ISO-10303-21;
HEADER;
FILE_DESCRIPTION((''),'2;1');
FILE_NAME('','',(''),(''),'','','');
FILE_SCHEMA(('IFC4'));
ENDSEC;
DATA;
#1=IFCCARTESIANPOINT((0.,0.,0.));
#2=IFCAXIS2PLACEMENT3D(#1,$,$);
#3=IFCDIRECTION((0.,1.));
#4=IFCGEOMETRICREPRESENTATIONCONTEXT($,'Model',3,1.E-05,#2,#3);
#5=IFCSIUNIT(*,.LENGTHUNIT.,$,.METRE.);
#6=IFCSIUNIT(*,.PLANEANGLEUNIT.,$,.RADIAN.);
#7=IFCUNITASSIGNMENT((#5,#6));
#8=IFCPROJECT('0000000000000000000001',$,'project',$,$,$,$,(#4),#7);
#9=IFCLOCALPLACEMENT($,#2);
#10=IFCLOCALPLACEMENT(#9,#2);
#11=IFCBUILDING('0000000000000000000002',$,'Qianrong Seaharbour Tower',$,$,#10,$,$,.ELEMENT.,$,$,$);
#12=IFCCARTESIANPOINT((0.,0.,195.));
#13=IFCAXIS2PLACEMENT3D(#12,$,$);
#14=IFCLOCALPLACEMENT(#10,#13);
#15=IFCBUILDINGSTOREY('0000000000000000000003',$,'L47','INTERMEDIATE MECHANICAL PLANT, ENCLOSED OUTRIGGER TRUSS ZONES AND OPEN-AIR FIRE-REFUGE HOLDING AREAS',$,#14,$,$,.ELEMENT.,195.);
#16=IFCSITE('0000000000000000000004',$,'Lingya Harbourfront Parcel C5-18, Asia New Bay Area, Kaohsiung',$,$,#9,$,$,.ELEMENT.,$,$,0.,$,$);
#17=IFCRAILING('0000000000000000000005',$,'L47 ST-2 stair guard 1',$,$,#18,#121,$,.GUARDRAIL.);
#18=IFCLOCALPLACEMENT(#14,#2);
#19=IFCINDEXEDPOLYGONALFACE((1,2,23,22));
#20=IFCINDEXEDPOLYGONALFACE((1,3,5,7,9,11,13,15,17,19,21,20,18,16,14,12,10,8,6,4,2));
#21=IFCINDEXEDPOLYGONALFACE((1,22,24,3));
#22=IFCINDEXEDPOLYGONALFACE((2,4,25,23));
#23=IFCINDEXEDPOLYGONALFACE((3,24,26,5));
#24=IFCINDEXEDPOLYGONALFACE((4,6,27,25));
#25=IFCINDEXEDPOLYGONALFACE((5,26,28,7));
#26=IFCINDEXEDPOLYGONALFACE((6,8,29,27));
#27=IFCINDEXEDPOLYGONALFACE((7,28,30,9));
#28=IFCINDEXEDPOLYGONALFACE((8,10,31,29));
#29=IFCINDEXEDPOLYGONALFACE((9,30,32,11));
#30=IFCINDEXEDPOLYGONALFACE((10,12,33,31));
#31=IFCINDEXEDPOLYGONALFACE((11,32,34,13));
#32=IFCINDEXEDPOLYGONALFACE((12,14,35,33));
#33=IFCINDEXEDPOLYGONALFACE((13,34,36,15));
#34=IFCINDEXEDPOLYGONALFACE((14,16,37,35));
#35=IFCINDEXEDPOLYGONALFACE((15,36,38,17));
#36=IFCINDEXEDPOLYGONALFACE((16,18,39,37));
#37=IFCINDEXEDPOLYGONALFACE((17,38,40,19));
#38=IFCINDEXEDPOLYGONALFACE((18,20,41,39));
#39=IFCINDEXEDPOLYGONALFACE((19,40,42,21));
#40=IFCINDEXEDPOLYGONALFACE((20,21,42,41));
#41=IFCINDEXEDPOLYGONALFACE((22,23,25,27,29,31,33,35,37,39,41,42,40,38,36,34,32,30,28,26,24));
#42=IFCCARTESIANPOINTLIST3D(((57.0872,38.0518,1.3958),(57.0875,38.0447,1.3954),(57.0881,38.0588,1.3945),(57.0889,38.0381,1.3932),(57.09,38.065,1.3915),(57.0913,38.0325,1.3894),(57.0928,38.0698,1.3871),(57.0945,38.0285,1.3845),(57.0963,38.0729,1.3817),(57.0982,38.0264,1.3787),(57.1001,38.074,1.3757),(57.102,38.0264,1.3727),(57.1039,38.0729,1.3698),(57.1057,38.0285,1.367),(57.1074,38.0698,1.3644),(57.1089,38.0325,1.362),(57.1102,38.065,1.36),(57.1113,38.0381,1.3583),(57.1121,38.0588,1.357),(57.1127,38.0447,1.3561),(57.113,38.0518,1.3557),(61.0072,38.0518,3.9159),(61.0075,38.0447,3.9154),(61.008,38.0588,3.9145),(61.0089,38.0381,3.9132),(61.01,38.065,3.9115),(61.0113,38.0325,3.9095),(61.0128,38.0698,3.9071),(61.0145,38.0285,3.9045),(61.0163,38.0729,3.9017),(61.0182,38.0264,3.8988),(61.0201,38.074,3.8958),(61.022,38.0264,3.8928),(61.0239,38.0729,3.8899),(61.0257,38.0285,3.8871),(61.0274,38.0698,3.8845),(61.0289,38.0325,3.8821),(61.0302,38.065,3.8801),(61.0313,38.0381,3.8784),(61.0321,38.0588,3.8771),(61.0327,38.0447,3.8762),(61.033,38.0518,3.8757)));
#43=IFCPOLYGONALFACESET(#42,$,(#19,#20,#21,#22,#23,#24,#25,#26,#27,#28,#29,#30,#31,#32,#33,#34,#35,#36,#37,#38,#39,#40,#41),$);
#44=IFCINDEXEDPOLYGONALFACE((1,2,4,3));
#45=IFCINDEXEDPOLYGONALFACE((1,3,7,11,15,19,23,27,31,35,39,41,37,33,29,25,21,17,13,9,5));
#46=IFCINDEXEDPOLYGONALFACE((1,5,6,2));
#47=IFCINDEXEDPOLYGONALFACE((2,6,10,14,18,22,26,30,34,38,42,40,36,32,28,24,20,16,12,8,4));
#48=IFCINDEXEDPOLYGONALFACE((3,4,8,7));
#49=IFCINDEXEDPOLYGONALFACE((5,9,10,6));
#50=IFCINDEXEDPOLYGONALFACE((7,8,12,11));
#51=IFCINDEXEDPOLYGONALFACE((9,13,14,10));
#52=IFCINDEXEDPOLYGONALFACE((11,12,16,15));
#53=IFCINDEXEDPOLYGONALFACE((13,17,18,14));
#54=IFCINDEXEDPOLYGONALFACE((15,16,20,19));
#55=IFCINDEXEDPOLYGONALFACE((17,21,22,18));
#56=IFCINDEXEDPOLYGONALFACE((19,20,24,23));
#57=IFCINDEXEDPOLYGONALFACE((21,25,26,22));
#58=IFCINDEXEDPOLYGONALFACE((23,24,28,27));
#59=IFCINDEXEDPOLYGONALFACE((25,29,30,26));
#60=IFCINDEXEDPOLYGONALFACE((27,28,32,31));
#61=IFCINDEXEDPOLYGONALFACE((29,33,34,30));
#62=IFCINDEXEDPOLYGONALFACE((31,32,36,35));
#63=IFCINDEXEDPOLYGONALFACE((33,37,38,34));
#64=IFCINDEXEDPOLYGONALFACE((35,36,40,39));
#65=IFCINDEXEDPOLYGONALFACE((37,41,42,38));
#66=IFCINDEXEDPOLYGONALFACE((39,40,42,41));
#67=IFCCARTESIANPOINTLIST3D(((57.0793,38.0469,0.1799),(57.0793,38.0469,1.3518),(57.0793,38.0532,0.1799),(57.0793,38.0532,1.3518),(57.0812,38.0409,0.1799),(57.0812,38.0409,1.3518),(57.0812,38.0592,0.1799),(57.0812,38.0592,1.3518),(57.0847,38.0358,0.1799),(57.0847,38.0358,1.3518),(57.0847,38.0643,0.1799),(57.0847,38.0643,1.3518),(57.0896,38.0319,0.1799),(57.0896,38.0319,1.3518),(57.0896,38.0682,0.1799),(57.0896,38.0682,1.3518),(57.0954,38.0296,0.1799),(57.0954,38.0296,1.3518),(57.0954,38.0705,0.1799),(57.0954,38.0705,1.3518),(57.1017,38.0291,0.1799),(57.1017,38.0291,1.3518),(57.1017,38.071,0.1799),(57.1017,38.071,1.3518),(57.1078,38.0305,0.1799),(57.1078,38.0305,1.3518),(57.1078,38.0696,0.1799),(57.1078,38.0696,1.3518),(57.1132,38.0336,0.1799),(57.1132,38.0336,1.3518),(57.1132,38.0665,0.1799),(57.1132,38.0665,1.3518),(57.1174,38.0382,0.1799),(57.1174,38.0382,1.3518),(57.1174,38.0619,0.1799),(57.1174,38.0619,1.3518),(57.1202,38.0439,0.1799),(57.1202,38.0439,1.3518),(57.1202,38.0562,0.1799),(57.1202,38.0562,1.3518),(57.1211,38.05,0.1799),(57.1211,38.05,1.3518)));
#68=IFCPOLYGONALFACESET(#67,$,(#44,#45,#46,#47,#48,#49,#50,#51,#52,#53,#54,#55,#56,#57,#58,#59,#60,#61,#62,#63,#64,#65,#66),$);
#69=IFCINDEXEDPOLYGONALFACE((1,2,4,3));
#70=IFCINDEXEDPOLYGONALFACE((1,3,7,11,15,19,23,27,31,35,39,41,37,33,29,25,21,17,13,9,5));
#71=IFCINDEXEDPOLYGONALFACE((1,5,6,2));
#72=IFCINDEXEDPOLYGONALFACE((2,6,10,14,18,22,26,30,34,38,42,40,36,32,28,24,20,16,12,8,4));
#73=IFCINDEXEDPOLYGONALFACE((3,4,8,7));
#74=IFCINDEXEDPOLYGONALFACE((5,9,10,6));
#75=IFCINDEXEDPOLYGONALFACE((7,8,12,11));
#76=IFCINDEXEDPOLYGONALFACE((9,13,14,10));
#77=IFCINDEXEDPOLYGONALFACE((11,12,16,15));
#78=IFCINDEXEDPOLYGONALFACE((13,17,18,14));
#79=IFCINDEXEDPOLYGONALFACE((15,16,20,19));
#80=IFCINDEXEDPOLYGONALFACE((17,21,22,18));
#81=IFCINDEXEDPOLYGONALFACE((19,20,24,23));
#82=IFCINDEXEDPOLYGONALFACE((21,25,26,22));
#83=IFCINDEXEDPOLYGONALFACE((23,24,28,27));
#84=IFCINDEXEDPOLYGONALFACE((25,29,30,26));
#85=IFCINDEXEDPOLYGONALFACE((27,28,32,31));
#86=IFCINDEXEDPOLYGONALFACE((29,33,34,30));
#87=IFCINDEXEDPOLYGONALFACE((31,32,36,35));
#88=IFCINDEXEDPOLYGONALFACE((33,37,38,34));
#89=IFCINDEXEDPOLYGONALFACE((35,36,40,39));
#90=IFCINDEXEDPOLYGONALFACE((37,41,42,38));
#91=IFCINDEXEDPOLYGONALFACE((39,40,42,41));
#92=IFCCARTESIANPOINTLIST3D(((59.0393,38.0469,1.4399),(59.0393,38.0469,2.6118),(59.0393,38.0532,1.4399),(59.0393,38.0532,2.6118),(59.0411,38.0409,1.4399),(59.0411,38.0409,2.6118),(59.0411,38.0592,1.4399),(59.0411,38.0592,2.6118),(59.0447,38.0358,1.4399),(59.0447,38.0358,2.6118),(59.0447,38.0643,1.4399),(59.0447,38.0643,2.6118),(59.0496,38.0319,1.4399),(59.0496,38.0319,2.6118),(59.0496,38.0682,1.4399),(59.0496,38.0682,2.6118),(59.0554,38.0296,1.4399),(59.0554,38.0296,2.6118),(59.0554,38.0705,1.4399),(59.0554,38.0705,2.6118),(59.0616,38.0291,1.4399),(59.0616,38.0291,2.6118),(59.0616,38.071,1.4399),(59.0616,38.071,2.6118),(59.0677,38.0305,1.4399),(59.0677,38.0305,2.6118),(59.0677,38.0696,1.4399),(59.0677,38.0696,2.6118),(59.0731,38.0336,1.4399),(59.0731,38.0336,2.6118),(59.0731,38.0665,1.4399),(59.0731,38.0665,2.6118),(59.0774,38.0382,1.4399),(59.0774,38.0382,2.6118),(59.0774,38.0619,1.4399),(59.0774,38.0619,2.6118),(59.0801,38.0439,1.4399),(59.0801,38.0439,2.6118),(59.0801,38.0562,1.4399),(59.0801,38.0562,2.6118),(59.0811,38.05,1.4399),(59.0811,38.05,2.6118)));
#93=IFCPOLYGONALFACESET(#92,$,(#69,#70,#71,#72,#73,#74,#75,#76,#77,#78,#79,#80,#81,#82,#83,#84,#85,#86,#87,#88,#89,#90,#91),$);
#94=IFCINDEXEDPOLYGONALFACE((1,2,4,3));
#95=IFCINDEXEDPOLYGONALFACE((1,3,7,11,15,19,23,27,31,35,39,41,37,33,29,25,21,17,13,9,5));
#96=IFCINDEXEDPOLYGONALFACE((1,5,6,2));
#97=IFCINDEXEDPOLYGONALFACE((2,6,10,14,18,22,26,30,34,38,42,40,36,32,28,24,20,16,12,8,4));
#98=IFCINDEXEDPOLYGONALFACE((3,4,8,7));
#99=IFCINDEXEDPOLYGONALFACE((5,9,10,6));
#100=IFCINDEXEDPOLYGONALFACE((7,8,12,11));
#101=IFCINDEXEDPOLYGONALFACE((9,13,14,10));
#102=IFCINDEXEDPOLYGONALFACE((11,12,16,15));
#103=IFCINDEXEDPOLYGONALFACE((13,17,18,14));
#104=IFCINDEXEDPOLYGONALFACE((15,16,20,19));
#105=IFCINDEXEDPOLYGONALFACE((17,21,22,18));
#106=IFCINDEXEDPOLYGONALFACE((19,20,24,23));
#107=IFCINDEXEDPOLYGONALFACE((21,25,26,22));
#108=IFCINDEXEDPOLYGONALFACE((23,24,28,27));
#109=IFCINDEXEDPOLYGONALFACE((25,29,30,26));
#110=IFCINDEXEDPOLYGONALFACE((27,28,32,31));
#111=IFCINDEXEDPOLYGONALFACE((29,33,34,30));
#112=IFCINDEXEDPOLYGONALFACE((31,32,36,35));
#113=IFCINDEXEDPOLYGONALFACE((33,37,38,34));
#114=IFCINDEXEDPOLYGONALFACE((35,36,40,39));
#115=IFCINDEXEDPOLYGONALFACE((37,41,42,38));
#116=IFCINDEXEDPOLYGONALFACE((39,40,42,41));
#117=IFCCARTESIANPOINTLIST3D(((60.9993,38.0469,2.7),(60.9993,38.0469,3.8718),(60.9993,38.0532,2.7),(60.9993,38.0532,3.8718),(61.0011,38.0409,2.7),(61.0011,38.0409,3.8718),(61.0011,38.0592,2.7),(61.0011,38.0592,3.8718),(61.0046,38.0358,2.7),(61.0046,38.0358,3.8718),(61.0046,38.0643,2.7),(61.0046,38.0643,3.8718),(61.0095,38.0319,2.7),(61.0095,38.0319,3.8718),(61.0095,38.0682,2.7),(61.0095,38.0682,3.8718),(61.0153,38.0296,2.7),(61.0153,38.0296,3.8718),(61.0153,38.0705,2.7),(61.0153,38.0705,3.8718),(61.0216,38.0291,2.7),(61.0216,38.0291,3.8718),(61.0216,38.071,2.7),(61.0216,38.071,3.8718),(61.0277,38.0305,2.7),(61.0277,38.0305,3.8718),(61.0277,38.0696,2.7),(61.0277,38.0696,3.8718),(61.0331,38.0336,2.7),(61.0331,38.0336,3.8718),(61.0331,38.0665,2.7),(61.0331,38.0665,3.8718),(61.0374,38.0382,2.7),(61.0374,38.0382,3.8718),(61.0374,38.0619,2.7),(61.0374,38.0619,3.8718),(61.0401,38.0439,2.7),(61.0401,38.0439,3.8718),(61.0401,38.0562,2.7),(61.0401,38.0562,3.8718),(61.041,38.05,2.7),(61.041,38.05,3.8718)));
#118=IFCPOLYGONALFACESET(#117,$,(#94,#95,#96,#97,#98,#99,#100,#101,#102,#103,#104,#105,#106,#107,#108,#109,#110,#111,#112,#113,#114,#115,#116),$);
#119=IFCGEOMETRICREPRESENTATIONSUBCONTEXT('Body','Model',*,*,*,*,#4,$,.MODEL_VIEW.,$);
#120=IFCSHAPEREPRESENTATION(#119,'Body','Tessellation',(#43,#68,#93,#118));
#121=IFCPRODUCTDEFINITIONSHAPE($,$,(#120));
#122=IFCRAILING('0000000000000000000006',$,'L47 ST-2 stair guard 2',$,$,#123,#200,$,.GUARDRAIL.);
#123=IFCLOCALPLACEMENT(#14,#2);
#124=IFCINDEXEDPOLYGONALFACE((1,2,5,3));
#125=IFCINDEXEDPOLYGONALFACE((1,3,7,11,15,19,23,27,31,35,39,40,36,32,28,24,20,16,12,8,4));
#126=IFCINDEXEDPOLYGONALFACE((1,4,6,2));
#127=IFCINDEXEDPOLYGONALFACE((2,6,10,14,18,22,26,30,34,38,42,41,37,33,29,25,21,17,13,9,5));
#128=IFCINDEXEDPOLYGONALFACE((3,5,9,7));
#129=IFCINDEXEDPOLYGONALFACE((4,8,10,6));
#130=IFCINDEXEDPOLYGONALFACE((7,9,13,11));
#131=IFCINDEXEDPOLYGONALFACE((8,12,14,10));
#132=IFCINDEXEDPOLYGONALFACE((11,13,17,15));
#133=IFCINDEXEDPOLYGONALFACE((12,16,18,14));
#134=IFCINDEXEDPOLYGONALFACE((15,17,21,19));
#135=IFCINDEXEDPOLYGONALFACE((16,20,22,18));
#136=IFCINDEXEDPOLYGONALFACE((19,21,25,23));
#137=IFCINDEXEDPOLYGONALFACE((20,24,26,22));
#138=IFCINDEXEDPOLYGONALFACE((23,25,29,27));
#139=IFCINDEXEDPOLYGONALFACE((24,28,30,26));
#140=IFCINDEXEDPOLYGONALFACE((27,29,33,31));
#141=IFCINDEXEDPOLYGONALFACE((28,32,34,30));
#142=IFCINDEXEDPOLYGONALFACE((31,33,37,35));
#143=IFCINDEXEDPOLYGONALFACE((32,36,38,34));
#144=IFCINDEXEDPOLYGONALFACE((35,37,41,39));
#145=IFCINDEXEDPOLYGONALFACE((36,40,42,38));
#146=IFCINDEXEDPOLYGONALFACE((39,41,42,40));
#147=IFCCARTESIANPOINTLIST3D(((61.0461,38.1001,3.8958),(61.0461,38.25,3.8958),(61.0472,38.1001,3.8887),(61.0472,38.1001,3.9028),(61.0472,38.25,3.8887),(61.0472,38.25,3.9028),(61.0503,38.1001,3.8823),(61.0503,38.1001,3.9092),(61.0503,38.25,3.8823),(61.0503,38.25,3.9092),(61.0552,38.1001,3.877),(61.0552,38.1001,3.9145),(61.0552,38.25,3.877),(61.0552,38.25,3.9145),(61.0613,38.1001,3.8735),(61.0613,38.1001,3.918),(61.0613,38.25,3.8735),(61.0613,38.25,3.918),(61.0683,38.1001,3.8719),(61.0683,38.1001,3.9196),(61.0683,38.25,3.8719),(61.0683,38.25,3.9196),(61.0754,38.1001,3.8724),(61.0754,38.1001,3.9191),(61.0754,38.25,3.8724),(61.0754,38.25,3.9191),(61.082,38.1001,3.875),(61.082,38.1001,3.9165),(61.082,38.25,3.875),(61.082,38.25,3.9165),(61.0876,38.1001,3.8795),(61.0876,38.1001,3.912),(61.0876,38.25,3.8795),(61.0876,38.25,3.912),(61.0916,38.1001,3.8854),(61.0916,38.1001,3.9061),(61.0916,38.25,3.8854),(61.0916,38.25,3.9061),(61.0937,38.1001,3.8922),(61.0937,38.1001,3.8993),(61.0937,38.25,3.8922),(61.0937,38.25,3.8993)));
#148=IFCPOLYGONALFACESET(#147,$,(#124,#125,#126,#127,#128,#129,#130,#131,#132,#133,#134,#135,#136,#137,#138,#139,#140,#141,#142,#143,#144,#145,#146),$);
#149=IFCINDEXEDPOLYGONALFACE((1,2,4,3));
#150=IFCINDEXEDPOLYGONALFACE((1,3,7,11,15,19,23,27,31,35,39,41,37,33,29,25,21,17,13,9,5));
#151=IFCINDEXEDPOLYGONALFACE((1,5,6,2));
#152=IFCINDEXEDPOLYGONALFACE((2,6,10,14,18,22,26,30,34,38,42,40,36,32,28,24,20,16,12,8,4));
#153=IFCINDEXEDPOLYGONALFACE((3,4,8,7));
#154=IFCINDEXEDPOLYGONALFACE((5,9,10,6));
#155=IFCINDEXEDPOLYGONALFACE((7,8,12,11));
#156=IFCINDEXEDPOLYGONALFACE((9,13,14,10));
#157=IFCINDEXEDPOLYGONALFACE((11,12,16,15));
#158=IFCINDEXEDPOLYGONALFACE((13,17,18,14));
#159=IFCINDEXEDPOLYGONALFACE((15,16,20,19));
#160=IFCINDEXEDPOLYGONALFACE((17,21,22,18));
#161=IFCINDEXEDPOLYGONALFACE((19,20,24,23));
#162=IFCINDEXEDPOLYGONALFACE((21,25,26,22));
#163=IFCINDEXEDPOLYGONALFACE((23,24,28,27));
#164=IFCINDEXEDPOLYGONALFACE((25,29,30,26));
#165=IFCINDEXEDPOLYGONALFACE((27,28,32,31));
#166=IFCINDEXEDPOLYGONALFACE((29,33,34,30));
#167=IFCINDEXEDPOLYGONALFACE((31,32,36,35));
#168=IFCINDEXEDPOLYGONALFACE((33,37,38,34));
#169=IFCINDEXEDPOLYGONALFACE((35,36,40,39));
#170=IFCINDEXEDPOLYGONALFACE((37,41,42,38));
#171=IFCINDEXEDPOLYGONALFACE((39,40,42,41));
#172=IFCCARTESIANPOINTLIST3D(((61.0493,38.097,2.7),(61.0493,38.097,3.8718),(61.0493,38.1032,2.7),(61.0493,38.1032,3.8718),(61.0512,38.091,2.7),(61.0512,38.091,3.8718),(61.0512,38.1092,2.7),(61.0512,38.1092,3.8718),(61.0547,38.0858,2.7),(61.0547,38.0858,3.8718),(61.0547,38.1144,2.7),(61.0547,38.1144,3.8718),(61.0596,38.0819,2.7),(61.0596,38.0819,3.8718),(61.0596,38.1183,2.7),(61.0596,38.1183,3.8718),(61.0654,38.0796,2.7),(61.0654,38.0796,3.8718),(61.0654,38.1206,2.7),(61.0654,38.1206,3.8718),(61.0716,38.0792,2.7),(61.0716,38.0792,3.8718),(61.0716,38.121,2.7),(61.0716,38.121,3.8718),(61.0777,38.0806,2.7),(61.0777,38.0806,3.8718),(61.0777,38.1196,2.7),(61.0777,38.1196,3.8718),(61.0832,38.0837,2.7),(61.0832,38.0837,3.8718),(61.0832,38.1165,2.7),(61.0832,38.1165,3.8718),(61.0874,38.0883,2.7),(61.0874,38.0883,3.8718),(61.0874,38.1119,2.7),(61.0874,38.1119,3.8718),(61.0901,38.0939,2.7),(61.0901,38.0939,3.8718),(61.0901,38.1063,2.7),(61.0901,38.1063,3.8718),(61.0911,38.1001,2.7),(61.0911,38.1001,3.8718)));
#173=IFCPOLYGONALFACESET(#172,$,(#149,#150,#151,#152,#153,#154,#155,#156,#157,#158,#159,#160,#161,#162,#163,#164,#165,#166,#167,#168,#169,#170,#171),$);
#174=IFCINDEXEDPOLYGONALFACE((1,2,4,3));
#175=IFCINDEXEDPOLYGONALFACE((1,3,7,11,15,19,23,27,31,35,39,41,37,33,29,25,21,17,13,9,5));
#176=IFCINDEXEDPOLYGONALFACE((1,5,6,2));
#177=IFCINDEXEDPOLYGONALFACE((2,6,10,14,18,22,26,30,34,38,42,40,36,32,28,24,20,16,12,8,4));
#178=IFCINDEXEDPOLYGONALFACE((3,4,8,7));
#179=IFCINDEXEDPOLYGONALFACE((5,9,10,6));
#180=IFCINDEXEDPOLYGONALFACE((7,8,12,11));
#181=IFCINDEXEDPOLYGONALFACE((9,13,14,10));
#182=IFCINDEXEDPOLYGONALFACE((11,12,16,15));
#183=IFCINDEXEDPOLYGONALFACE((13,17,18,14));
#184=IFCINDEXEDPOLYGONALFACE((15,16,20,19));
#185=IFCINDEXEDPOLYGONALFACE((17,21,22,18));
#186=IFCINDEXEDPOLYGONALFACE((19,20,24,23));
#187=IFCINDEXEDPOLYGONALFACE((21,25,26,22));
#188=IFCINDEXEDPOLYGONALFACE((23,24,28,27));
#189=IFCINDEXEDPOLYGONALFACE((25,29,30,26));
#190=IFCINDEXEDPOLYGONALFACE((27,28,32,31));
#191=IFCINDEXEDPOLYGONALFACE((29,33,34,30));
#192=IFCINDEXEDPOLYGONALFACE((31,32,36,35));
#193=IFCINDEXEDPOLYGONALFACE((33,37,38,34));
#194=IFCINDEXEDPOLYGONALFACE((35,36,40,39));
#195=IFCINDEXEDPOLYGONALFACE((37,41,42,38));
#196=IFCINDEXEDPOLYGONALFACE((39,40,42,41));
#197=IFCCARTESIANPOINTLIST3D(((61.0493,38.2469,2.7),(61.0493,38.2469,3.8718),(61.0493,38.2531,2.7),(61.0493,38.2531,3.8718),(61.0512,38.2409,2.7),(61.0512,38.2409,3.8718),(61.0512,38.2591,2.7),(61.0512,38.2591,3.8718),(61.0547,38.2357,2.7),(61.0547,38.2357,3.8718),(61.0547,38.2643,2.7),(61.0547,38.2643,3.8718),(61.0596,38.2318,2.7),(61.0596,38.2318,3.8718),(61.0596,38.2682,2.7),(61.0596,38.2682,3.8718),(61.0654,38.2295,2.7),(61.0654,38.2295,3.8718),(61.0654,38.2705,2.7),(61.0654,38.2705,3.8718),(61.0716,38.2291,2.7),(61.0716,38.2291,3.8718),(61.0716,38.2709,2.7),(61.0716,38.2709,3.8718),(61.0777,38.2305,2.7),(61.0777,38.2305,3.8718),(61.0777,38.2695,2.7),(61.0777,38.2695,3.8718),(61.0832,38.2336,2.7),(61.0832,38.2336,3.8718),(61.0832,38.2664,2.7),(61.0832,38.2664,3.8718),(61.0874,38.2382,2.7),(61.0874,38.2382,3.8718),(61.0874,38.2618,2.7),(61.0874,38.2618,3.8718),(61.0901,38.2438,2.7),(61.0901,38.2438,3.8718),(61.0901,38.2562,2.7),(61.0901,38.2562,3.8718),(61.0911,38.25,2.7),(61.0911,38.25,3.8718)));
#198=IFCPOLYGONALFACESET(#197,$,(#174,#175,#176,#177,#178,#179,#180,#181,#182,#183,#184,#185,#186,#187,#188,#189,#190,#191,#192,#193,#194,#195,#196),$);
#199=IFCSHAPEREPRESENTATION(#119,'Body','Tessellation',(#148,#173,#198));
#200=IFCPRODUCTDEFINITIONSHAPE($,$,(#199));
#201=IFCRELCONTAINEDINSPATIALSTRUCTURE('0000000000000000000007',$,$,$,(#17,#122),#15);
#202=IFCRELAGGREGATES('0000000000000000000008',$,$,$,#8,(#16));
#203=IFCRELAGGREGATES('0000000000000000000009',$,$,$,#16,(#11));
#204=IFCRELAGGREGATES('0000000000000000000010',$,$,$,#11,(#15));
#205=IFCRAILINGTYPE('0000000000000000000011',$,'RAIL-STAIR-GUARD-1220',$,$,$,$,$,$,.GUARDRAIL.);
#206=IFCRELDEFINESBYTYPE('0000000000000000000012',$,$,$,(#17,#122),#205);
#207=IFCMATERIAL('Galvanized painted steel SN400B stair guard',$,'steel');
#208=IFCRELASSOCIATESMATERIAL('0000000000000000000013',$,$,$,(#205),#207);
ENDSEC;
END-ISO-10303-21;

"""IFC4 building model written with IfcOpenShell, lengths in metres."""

from ifc_helpers import new_model, si_unit, direction, frame, origin, origin_2d, place, context, subcontext, project, spatial, circle, extrude, material, type_object, element, save


model = new_model("IFC4")

# Units and contexts
model_context = context("Model", 3, precision=1e-05, world=origin(), true_north=direction((0.0, 1.0)))
body_context = subcontext(model_context, "Body", "Model", "MODEL_VIEW")
ifc_project = project(units=[si_unit("LENGTHUNIT", "METRE"), si_unit("PLANEANGLEUNIT", "RADIAN")], contexts=[model_context])

# Site, building, storey
site_placement = place(None, origin())
site = spatial("IfcSite", under=ifc_project, at=site_placement, Name="Lingya Harbourfront Parcel C5-18, Asia New Bay Area, Kaohsiung", CompositionType="ELEMENT", RefElevation=0.0)
building_placement = place(site_placement, origin())
building = spatial("IfcBuilding", under=site, at=building_placement, Name="Qianrong Seaharbour Tower", CompositionType="ELEMENT")
storey_placement = place(building_placement, frame((0.0, 0.0, 195.0)))
storey = spatial("IfcBuildingStorey", under=building, at=storey_placement, Name="L47", Description="INTERMEDIATE MECHANICAL PLANT, ENCLOSED OUTRIGGER TRUSS ZONES AND OPEN-AIR FIRE-REFUGE HOLDING AREAS", CompositionType="ELEMENT", Elevation=195.0)

# Railings
ifc_material_1 = material(Name="Galvanized painted steel SN400B stair guard", Category="steel")
railing_type_1 = type_object("IfcRailingType", Name="RAIL-STAIR-GUARD-1220", PredefinedType="GUARDRAIL", material=ifc_material_1)
railing_1_placement = place(storey_placement, frame((57.1001, 38.05, 0.1799)))
element("IfcRailing", 1, at=railing_1_placement, inside=storey, type_object=railing_type_1, Name="L47 ST-2 stair guard 1", PredefinedType="GUARDRAIL", context=body_context, shape_type="SweptSolid", body=[
    extrude(circle(Radius=0.0239, at=origin_2d()), frame((0.0, 0.0, 1.1958), z_axis=(0.841172, 0.0, 0.540768), x_axis=(0.0, 1.0, 0.0)), (0.0, 0.0, 1.0), 4.6602),
    extrude(circle(Radius=0.021, at=origin_2d()), origin(), (0.0, 0.0, 1.0), 1.1719),
    extrude(circle(Radius=0.021, at=origin_2d()), frame((1.96, 0.0, 1.26)), (0.0, 0.0, 1.0), 1.1719),
    extrude(circle(Radius=0.021, at=origin_2d()), frame((3.9199, 0.0, 2.52)), (0.0, 0.0, 1.0), 1.1719),
])
railing_2_placement = place(storey_placement, frame((61.0701, 38.1001, 2.7)))
element("IfcRailing", 2, at=railing_2_placement, inside=storey, type_object=railing_type_1, Name="L47 ST-2 stair guard 2", PredefinedType="GUARDRAIL", context=body_context, shape_type="SweptSolid", body=[
    extrude(circle(Radius=0.0239, at=origin_2d()), frame((0.0, 0.0, 1.1958), z_axis=(0.0, 1.0, 0.0), x_axis=(-1.0, 0.0, 0.0)), (0.0, 0.0, 1.0), 0.1499),
    extrude(circle(Radius=0.021, at=origin_2d()), origin(), (0.0, 0.0, 1.0), 1.1719),
    extrude(circle(Radius=0.021, at=origin_2d()), frame((0.0, 0.1499, 0.0)), (0.0, 0.0, 1.0), 1.1719),
])

save(model, "model.ifc")
